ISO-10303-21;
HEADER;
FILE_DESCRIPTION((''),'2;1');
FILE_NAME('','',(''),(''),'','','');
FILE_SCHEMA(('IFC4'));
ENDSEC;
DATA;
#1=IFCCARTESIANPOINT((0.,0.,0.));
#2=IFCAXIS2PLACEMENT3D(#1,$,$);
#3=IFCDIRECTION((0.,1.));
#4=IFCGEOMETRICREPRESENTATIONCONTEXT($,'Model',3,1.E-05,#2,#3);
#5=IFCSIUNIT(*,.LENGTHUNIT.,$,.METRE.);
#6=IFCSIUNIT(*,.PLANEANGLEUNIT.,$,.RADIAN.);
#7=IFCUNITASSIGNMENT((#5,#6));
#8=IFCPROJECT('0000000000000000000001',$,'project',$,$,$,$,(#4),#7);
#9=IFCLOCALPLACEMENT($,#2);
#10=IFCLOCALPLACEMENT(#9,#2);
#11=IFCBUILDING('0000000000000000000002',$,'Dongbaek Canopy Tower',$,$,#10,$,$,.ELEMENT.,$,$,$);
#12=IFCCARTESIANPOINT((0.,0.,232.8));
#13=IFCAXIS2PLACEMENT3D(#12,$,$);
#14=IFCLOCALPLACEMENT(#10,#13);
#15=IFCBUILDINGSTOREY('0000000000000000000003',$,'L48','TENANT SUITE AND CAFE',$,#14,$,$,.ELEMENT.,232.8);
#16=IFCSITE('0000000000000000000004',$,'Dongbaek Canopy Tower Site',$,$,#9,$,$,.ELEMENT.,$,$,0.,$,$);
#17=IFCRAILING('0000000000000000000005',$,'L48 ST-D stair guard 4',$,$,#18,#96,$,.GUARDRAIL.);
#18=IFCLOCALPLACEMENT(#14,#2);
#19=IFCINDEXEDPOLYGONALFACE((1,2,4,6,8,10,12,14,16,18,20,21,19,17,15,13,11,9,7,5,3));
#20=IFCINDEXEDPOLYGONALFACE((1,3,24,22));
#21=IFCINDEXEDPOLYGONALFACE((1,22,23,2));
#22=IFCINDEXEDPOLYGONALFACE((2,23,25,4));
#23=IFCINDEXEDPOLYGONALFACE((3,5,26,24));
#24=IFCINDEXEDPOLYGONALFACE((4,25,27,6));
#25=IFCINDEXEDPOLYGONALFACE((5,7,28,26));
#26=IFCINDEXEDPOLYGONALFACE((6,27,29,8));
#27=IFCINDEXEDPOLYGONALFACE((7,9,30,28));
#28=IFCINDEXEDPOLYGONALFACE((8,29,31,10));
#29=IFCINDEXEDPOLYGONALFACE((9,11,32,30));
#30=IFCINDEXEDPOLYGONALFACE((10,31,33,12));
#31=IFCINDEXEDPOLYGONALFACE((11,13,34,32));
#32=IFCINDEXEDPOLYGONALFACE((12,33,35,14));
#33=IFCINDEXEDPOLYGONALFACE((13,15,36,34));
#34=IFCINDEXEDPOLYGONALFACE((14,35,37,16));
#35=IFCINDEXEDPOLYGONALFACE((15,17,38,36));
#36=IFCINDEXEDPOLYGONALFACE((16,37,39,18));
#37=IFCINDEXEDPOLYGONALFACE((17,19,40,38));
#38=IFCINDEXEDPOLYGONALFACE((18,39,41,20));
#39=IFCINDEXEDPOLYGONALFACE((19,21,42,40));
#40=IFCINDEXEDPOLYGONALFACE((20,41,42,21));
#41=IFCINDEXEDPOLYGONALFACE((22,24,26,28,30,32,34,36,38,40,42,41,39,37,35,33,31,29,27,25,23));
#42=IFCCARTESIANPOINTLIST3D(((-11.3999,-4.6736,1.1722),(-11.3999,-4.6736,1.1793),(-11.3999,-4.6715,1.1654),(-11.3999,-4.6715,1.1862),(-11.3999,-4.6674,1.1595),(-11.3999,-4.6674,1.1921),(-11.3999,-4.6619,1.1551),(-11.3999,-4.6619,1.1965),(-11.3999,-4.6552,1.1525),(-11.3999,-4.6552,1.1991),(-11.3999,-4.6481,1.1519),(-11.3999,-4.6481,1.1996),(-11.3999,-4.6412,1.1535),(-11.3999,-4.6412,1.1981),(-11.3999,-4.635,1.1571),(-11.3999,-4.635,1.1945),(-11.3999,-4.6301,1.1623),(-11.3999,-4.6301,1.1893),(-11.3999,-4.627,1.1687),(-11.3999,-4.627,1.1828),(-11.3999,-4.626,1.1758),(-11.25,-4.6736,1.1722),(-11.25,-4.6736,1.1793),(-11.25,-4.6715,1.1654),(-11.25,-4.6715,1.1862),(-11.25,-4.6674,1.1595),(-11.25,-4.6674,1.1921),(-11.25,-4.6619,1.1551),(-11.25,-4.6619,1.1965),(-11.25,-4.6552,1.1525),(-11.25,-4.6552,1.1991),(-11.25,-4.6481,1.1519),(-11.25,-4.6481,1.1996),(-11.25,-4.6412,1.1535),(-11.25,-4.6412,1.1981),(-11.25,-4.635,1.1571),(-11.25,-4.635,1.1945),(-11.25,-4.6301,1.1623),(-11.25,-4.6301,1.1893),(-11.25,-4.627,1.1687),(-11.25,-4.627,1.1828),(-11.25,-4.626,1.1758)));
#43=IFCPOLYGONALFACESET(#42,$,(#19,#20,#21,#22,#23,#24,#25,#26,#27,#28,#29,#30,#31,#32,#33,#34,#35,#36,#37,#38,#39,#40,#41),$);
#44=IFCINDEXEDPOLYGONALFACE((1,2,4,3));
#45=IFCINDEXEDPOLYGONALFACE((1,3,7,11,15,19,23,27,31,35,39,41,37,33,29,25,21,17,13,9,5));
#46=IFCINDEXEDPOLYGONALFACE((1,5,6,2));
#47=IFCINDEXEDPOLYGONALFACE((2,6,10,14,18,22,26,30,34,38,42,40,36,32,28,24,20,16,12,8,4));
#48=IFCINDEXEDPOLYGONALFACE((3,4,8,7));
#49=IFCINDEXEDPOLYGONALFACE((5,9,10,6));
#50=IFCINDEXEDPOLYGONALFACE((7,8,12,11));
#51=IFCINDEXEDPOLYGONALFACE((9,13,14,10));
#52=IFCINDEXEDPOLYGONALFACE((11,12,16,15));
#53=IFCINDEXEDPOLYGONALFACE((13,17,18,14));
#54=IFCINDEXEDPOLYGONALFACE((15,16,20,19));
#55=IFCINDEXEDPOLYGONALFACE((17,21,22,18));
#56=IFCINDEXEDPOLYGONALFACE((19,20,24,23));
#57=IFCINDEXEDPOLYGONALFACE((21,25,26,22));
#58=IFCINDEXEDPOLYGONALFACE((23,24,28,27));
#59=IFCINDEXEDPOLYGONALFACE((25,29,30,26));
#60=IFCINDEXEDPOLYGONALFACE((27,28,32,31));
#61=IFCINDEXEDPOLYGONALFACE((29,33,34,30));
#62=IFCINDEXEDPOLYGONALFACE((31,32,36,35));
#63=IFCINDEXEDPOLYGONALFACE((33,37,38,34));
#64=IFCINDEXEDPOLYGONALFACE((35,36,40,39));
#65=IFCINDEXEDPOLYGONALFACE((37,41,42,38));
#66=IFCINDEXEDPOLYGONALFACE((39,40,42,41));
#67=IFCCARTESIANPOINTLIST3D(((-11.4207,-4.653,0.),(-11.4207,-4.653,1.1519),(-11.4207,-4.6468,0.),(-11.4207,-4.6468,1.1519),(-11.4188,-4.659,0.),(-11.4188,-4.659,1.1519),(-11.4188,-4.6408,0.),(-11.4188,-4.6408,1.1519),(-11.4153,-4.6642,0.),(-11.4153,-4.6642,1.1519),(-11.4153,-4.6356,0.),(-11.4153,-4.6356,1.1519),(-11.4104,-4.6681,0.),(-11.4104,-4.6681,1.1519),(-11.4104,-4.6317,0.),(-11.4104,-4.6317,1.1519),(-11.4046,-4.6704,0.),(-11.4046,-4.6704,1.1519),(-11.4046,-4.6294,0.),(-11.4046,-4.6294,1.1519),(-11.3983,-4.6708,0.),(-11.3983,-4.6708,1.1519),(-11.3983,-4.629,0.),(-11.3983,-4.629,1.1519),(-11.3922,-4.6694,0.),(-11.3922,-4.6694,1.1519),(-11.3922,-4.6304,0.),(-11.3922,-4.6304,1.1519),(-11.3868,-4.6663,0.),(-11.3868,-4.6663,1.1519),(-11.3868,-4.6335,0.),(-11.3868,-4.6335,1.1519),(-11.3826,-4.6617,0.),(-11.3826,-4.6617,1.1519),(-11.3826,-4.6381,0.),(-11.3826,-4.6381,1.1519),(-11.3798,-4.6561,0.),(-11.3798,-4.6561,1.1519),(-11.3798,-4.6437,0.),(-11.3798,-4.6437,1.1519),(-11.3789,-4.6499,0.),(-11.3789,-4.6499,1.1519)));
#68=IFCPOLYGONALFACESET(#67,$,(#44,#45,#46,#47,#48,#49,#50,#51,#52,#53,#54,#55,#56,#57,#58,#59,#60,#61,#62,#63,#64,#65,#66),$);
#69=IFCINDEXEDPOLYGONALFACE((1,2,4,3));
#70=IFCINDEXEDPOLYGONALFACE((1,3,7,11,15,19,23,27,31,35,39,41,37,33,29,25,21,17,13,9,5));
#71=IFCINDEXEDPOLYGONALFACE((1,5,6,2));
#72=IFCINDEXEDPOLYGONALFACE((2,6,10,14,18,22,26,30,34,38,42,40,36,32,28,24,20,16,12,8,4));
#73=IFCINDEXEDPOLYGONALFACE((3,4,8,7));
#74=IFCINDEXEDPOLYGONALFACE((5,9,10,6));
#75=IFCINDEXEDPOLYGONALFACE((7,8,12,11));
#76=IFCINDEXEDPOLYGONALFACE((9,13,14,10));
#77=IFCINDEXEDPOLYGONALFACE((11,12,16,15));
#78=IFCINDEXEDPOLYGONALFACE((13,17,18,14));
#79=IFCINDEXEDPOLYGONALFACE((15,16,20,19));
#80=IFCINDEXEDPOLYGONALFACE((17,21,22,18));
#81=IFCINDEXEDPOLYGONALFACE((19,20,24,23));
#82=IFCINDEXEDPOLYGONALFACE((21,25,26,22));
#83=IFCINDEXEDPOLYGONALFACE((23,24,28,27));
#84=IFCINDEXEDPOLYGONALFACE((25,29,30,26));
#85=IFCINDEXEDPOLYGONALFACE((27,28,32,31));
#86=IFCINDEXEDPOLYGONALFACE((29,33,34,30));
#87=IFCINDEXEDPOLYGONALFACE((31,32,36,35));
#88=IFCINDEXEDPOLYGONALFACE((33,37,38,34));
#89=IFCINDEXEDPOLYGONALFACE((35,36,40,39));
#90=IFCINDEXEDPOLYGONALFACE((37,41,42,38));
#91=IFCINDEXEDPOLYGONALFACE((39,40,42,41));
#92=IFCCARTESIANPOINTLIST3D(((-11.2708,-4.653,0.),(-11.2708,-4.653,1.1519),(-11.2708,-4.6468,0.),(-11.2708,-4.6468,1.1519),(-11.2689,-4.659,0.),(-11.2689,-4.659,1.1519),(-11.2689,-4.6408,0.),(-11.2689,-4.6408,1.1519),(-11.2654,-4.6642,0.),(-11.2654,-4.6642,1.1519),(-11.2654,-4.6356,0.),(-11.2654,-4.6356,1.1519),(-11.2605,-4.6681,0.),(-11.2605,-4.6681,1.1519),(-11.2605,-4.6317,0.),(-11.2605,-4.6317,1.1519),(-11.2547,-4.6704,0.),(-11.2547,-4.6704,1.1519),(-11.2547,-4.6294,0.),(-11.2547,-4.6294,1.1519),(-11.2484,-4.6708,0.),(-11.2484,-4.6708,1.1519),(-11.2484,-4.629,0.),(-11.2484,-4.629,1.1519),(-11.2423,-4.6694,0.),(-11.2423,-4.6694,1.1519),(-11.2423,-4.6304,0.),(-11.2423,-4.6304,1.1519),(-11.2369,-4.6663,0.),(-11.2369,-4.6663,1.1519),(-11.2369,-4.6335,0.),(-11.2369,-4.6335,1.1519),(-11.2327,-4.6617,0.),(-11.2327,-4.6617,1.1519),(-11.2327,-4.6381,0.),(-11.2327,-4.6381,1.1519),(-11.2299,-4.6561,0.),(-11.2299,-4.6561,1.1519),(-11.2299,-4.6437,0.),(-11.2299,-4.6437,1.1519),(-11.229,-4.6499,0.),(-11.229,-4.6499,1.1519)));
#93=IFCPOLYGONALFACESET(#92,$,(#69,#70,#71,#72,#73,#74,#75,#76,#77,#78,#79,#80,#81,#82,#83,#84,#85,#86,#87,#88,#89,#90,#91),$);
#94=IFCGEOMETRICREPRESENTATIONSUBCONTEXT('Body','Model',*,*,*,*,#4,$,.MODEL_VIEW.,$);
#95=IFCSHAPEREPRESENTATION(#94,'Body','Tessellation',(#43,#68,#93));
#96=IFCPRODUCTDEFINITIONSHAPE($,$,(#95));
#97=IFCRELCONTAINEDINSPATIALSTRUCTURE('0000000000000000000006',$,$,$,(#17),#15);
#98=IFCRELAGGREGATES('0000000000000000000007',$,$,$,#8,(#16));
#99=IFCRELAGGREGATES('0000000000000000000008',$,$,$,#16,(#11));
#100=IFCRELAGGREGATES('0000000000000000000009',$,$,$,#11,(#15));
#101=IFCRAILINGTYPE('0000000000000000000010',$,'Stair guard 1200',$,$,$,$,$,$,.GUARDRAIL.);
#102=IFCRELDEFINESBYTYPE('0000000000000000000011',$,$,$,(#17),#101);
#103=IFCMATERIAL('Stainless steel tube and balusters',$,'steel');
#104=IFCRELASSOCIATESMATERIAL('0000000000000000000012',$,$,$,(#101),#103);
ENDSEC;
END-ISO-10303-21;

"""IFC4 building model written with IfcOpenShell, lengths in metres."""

from ifc_helpers import new_model, si_unit, direction, frame, origin, origin_2d, place, context, subcontext, project, spatial, circle, extrude, material, type_object, element, save


model = new_model("IFC4")

# Units and contexts
model_context = context("Model", 3, precision=1e-05, world=origin(), true_north=direction((0.0, 1.0)))
body_context = subcontext(model_context, "Body", "Model", "MODEL_VIEW")
ifc_project = project(units=[si_unit("LENGTHUNIT", "METRE"), si_unit("PLANEANGLEUNIT", "RADIAN")], contexts=[model_context])

# Site, building, storey
site_placement = place(None, origin())
site = spatial("IfcSite", under=ifc_project, at=site_placement, Name="Dongbaek Canopy Tower Site", CompositionType="ELEMENT", RefElevation=0.0)
building_placement = place(site_placement, origin())
building = spatial("IfcBuilding", under=site, at=building_placement, Name="Dongbaek Canopy Tower", CompositionType="ELEMENT")
storey_placement = place(building_placement, frame((0.0, 0.0, 232.8)))
storey = spatial("IfcBuildingStorey", under=building, at=storey_placement, Name="L48", Description="TENANT SUITE AND CAFE", CompositionType="ELEMENT", Elevation=232.8)

# Railing
ifc_material_1 = material(Name="Stainless steel tube and balusters", Category="steel")
railing_type_1 = type_object("IfcRailingType", Name="Stair guard 1200", PredefinedType="GUARDRAIL", material=ifc_material_1)
railing_1_placement = place(storey_placement, frame((-11.3999, -4.6499, 0.0)))
element("IfcRailing", 1, at=railing_1_placement, inside=storey, type_object=railing_type_1, Name="L48 ST-D stair guard 4", PredefinedType="GUARDRAIL", context=body_context, shape_type="SweptSolid", body=[
    extrude(circle(Radius=0.0239, at=origin_2d()), frame((0.0, 0.0, 1.1758), z_axis=(1.0, 0.0, 0.0), x_axis=(0.0, 1.0, 0.0)), (0.0, 0.0, 1.0), 0.1499),
    extrude(circle(Radius=0.021, at=origin_2d()), origin(), (0.0, 0.0, 1.0), 1.1519),
    extrude(circle(Radius=0.021, at=origin_2d()), frame((0.1499, 0.0, 0.0)), (0.0, 0.0, 1.0), 1.1519),
])

save(model, "model.ifc")
